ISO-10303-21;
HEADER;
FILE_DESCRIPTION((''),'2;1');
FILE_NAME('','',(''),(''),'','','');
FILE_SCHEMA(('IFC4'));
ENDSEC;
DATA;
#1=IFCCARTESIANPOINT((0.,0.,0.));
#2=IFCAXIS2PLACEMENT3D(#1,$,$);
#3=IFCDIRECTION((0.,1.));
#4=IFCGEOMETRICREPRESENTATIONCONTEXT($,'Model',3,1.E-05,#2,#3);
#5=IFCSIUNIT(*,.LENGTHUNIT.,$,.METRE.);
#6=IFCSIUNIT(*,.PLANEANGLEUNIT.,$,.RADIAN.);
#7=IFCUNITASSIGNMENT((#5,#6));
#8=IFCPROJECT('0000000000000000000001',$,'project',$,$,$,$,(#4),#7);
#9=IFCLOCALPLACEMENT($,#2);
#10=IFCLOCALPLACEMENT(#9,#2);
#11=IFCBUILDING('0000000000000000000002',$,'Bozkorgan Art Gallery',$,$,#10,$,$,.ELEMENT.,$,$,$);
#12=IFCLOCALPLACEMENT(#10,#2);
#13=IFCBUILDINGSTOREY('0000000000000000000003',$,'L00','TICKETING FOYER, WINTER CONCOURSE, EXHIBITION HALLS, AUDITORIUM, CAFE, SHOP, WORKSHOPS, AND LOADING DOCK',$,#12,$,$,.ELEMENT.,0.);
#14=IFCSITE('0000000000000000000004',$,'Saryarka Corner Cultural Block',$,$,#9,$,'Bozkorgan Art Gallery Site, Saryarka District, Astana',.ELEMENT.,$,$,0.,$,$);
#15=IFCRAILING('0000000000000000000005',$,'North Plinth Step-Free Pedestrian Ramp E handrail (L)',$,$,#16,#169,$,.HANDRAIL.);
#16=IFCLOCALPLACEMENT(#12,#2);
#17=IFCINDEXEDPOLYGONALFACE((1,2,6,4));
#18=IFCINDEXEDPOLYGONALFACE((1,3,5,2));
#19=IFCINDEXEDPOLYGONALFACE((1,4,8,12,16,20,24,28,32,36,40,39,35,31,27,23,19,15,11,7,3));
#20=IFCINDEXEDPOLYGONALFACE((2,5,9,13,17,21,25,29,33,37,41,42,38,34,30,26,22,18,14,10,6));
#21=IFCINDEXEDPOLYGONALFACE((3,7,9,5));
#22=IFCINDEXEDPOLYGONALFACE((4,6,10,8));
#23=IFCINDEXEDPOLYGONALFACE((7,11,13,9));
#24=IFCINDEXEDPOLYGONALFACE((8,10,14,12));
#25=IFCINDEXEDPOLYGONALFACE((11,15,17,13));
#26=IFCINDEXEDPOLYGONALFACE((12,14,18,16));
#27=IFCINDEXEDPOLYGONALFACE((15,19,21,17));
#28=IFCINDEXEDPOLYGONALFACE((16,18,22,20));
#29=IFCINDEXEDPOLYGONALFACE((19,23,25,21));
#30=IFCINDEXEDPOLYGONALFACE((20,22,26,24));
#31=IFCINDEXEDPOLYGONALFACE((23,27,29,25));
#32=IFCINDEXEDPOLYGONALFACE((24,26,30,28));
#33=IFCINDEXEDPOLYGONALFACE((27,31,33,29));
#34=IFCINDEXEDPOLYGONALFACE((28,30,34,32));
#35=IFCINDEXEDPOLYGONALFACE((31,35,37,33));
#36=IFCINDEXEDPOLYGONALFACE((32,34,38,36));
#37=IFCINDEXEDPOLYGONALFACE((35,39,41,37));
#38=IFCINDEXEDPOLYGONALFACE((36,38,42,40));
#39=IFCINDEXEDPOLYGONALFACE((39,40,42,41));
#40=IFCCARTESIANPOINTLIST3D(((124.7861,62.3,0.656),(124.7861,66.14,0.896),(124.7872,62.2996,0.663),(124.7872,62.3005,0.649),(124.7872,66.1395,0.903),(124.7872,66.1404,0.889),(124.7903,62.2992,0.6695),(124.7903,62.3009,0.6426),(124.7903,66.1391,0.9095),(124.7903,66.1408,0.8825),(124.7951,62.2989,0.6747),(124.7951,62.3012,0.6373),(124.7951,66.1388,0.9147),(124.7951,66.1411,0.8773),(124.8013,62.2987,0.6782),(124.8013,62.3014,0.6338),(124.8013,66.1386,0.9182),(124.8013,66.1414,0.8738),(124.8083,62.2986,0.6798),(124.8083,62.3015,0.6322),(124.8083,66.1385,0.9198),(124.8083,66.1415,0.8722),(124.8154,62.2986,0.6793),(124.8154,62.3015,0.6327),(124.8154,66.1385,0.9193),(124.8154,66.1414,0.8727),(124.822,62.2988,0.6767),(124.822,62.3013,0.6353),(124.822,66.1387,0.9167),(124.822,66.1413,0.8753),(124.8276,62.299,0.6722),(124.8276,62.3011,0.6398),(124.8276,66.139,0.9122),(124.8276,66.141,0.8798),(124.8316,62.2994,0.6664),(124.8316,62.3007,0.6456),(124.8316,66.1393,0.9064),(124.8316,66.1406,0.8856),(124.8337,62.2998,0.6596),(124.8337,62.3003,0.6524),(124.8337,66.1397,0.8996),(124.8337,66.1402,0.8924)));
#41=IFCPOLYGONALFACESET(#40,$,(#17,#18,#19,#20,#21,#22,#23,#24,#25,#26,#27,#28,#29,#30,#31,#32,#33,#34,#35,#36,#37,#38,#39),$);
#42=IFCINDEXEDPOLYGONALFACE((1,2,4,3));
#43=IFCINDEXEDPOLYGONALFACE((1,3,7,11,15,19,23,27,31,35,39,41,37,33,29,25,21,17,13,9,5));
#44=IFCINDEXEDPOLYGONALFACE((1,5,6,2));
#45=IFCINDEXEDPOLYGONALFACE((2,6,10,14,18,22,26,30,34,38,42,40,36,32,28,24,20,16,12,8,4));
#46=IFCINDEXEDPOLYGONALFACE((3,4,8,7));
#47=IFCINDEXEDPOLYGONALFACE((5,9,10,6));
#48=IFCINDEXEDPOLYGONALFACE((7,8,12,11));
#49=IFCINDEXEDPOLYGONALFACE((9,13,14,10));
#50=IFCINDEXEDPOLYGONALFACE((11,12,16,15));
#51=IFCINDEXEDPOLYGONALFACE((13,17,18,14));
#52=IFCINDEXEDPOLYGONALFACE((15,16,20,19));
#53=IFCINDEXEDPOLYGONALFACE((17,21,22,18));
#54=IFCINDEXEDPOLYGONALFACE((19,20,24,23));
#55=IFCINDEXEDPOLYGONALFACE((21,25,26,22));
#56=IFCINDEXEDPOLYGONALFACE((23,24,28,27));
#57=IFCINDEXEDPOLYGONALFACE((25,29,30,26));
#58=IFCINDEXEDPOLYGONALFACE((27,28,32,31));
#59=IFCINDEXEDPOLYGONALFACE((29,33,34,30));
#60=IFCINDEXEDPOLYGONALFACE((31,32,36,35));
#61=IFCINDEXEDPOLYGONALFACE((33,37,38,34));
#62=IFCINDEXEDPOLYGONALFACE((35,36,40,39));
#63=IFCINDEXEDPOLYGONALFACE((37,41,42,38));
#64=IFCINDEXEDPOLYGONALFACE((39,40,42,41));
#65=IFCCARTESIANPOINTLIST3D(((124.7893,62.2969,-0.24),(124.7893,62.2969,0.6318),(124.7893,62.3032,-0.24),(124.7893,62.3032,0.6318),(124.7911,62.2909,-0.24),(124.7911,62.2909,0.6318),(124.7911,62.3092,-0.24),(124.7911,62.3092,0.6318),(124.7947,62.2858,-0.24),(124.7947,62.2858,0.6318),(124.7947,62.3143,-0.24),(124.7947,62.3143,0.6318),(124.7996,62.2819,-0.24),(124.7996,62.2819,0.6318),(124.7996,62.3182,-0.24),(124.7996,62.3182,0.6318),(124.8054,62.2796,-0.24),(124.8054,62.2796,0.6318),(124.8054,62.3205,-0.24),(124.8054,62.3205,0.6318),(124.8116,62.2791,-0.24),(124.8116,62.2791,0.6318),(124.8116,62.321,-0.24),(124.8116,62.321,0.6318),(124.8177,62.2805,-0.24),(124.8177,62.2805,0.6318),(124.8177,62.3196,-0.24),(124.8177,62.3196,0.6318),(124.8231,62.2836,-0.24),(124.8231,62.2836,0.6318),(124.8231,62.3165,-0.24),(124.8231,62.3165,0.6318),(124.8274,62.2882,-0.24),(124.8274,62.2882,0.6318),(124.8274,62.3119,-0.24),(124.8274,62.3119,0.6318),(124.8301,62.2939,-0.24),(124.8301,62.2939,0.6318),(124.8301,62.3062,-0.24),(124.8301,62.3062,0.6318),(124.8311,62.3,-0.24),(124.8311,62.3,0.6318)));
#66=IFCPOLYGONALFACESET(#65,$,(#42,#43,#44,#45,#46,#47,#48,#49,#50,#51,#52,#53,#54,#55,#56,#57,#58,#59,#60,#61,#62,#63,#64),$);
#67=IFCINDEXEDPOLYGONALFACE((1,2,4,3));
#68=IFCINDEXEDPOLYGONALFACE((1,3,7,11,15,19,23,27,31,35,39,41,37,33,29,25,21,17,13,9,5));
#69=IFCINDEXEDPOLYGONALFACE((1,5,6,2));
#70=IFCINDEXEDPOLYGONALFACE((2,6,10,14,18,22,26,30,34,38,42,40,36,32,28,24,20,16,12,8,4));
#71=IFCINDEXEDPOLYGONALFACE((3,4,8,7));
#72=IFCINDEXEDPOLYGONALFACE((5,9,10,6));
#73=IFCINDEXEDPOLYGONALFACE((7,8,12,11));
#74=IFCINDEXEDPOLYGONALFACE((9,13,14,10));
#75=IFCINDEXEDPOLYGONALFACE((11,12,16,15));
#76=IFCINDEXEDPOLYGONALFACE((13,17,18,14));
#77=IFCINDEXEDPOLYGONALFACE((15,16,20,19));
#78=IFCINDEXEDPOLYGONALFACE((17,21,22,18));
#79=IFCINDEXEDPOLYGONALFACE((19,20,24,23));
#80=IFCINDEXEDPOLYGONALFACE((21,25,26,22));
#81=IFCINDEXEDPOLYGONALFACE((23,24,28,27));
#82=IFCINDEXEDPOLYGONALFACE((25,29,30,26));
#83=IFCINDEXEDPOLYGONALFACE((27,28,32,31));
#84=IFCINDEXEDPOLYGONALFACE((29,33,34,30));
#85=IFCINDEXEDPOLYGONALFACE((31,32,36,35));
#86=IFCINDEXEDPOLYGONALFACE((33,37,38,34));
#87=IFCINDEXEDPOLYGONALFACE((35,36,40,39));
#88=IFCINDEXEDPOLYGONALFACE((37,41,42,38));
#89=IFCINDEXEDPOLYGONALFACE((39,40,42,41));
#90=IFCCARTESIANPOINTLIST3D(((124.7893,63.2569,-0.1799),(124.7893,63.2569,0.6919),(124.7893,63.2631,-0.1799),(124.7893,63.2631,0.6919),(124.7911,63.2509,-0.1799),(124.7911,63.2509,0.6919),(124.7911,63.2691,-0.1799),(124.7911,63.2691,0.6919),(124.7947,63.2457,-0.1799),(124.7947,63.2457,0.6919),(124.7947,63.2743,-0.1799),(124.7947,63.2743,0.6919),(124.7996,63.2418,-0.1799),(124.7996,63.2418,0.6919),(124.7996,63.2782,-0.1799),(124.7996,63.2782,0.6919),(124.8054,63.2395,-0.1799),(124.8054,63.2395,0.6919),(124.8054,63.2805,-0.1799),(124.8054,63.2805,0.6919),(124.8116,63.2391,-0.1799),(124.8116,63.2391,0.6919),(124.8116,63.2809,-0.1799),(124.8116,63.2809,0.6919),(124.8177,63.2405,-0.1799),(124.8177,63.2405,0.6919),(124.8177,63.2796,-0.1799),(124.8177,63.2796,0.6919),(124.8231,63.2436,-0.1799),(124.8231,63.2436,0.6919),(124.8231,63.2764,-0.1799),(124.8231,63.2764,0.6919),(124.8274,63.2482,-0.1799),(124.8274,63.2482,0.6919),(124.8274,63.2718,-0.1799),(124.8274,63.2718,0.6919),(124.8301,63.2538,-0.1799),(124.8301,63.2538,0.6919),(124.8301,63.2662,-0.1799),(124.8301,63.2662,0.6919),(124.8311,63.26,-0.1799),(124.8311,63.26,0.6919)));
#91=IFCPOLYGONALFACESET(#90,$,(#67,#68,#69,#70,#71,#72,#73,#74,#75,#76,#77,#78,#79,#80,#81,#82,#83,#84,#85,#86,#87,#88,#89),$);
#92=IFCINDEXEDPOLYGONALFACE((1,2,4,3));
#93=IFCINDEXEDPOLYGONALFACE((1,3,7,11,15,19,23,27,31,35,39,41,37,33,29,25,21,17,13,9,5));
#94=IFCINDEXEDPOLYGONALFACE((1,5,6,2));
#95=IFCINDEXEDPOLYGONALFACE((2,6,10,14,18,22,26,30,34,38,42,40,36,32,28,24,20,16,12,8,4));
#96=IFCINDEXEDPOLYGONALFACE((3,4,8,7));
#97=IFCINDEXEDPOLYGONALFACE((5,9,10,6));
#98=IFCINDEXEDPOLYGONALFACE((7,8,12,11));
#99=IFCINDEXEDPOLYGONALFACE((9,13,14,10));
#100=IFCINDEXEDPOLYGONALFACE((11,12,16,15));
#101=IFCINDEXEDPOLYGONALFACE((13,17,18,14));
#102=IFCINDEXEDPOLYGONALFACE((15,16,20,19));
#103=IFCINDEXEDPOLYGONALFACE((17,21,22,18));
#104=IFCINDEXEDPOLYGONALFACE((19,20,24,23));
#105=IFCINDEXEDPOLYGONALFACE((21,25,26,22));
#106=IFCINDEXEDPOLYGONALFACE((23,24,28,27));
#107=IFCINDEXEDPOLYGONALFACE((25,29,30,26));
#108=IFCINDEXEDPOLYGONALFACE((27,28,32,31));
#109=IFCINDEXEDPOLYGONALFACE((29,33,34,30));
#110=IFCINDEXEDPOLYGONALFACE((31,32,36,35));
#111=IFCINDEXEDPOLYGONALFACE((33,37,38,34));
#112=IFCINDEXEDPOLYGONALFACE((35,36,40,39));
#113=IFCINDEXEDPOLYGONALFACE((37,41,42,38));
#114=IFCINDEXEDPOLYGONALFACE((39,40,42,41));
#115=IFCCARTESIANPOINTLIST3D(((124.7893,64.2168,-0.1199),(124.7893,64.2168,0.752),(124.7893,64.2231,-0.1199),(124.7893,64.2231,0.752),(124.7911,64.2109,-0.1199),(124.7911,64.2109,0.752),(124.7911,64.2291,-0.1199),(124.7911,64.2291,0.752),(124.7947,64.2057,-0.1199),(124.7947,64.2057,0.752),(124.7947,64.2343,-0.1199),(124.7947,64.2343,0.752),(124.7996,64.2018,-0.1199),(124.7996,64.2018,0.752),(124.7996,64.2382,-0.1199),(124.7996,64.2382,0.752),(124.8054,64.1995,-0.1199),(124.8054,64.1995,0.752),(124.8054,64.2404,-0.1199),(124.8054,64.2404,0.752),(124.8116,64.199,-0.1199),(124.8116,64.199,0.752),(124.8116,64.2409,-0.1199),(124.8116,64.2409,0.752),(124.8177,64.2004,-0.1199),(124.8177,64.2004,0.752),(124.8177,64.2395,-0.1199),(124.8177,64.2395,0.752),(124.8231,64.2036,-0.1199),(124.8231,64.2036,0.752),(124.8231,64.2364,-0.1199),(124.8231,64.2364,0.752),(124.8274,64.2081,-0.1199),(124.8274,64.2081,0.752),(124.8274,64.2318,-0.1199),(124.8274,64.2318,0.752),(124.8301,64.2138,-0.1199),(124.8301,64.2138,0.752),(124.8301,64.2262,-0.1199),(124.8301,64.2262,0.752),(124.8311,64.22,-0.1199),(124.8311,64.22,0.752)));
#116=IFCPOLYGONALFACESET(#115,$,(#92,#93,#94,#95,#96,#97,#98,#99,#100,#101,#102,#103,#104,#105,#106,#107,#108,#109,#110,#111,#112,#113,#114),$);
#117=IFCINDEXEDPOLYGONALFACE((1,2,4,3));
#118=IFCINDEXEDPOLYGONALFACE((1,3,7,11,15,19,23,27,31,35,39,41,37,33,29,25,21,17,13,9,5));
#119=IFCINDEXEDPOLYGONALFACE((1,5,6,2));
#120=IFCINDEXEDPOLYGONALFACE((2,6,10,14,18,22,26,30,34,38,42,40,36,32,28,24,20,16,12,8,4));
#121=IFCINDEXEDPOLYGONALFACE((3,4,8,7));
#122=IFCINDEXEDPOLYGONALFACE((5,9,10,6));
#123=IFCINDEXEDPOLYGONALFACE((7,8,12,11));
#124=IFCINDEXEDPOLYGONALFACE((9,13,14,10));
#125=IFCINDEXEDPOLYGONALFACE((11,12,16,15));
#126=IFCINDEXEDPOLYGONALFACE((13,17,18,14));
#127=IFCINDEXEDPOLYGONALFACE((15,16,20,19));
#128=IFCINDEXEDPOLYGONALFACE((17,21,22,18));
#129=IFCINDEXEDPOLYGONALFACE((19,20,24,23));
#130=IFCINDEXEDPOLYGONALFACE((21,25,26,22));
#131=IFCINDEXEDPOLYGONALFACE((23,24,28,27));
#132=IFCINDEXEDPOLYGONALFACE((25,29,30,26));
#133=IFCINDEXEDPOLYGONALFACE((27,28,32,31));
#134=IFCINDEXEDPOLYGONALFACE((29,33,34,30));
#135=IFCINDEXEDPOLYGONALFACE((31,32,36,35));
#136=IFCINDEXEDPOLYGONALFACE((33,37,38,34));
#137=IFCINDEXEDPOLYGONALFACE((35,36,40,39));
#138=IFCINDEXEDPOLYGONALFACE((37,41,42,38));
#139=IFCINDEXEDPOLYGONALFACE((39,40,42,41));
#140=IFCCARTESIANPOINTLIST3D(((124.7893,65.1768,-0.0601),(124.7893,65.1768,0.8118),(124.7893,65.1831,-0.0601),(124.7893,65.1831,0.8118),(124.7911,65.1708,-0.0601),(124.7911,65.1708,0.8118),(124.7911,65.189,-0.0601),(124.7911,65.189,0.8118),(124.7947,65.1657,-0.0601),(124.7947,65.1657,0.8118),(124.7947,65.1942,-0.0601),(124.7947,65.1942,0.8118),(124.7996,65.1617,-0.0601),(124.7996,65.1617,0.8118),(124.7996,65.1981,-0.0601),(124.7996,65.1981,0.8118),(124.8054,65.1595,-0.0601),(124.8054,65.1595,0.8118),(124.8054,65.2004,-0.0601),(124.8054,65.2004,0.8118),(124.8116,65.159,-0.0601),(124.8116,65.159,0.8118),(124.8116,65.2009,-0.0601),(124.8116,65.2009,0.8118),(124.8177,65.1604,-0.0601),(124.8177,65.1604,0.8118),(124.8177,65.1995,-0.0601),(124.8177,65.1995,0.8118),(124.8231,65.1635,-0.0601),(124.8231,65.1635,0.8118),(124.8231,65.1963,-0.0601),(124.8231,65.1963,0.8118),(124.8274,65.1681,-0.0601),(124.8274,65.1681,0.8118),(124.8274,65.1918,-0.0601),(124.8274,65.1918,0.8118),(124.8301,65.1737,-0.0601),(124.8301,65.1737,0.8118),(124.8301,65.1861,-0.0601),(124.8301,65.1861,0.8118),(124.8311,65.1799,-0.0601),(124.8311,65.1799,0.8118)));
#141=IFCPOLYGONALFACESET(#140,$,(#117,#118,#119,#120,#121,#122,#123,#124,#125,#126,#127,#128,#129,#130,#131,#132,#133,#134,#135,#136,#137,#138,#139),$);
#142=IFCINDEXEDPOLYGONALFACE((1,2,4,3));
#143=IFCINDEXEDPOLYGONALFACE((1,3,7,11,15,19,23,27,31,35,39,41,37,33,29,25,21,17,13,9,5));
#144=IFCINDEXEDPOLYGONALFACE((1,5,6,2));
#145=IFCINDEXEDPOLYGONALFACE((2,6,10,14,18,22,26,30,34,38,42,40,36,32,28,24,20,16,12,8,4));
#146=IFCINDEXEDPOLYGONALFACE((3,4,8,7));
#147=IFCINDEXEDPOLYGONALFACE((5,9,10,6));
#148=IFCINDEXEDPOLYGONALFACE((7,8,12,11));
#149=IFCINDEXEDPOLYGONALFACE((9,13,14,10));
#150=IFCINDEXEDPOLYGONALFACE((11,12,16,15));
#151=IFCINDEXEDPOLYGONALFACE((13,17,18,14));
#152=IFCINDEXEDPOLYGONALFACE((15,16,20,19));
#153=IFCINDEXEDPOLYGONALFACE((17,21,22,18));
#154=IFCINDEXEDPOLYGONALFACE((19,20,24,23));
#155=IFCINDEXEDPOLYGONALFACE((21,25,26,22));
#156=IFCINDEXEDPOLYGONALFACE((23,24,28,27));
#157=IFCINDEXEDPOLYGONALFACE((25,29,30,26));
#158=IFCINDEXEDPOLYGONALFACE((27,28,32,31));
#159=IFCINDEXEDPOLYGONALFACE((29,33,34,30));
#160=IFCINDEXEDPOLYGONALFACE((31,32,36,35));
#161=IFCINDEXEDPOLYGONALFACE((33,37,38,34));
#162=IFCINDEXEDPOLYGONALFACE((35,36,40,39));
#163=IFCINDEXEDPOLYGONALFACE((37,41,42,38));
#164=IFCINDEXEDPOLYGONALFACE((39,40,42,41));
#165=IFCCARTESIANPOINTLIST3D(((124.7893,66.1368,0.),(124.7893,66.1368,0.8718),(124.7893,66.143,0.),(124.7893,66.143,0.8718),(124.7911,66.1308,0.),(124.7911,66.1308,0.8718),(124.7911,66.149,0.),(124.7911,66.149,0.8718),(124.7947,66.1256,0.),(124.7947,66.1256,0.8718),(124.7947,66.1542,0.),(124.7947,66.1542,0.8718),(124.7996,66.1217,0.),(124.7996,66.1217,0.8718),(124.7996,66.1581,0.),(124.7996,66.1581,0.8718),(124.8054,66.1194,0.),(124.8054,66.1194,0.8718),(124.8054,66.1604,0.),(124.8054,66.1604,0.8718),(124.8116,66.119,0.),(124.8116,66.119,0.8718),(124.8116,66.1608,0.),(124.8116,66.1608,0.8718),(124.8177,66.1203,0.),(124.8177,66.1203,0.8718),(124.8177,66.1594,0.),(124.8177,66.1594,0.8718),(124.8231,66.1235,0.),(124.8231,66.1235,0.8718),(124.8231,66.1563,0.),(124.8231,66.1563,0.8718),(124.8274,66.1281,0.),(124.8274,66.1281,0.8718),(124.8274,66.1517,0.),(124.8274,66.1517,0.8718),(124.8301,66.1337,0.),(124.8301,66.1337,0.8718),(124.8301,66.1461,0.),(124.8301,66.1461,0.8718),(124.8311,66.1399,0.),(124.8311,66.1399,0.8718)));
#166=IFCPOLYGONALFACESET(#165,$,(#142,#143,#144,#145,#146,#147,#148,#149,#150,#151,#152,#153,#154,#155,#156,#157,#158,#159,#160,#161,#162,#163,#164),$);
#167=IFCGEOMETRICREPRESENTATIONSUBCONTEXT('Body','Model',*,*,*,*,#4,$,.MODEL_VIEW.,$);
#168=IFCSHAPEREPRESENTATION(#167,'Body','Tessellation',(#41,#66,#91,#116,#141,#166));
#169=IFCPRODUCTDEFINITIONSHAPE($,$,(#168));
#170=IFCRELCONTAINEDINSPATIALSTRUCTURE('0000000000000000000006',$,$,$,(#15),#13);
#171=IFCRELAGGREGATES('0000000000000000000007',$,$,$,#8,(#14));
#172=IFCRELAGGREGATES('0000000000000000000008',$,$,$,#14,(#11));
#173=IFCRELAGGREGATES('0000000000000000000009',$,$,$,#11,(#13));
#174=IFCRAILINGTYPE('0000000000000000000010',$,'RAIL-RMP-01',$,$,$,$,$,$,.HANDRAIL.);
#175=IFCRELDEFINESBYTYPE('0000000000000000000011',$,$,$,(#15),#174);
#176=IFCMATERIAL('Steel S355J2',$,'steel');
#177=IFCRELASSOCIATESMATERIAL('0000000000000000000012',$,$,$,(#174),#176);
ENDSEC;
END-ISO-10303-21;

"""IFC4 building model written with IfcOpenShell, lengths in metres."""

from ifc_helpers import new_model, si_unit, direction, frame, origin, origin_2d, place, context, subcontext, project, spatial, circle, extrude, material, type_object, element, save


model = new_model("IFC4")

# Units and contexts
model_context = context("Model", 3, precision=1e-05, world=origin(), true_north=direction((0.0, 1.0)))
body_context = subcontext(model_context, "Body", "Model", "MODEL_VIEW")
ifc_project = project(units=[si_unit("LENGTHUNIT", "METRE"), si_unit("PLANEANGLEUNIT", "RADIAN")], contexts=[model_context])

# Site, building, storey
site_placement = place(None, origin())
site = spatial("IfcSite", under=ifc_project, at=site_placement, Name="Saryarka Corner Cultural Block", LongName="Bozkorgan Art Gallery Site, Saryarka District, Astana", CompositionType="ELEMENT", RefElevation=0.0)
building_placement = place(site_placement, origin())
building = spatial("IfcBuilding", under=site, at=building_placement, Name="Bozkorgan Art Gallery", CompositionType="ELEMENT")
storey_placement = place(building_placement, origin())
storey = spatial("IfcBuildingStorey", under=building, at=storey_placement, Name="L00", Description="TICKETING FOYER, WINTER CONCOURSE, EXHIBITION HALLS, AUDITORIUM, CAFE, SHOP, WORKSHOPS, AND LOADING DOCK", CompositionType="ELEMENT", Elevation=0.0)

# Railing
ifc_material_1 = material(Name="Steel S355J2", Category="steel")
railing_type = type_object("IfcRailingType", Name="RAIL-RMP-01", PredefinedType="HANDRAIL", material=ifc_material_1)
railing_placement = place(storey_placement, frame((124.8101, 62.3, -0.24)))
element("IfcRailing", 1, at=railing_placement, inside=storey, type_object=railing_type, Name="North Plinth Step-Free Pedestrian Ramp E handrail (L)", PredefinedType="HANDRAIL", context=body_context, shape_type="SweptSolid", body=[
    extrude(circle(Radius=0.0239, at=origin_2d()), frame((0.0, 0.0, 0.896), z_axis=(0.0, 0.998053, 0.062378), x_axis=(-1.0, 0.0, 0.0)), (0.0, 0.0, 1.0), 3.8474),
    extrude(circle(Radius=0.021, at=origin_2d()), origin(), (0.0, 0.0, 1.0), 0.8718),
    extrude(circle(Radius=0.021, at=origin_2d()), frame((0.0, 0.96, 0.0601)), (0.0, 0.0, 1.0), 0.8718),
    extrude(circle(Radius=0.021, at=origin_2d()), frame((0.0, 1.9199, 0.1201)), (0.0, 0.0, 1.0), 0.8718),
    extrude(circle(Radius=0.021, at=origin_2d()), frame((0.0, 2.8799, 0.1799)), (0.0, 0.0, 1.0), 0.8718),
    extrude(circle(Radius=0.021, at=origin_2d()), frame((0.0, 3.8398, 0.24)), (0.0, 0.0, 1.0), 0.8718),
])

save(model, "model.ifc")
